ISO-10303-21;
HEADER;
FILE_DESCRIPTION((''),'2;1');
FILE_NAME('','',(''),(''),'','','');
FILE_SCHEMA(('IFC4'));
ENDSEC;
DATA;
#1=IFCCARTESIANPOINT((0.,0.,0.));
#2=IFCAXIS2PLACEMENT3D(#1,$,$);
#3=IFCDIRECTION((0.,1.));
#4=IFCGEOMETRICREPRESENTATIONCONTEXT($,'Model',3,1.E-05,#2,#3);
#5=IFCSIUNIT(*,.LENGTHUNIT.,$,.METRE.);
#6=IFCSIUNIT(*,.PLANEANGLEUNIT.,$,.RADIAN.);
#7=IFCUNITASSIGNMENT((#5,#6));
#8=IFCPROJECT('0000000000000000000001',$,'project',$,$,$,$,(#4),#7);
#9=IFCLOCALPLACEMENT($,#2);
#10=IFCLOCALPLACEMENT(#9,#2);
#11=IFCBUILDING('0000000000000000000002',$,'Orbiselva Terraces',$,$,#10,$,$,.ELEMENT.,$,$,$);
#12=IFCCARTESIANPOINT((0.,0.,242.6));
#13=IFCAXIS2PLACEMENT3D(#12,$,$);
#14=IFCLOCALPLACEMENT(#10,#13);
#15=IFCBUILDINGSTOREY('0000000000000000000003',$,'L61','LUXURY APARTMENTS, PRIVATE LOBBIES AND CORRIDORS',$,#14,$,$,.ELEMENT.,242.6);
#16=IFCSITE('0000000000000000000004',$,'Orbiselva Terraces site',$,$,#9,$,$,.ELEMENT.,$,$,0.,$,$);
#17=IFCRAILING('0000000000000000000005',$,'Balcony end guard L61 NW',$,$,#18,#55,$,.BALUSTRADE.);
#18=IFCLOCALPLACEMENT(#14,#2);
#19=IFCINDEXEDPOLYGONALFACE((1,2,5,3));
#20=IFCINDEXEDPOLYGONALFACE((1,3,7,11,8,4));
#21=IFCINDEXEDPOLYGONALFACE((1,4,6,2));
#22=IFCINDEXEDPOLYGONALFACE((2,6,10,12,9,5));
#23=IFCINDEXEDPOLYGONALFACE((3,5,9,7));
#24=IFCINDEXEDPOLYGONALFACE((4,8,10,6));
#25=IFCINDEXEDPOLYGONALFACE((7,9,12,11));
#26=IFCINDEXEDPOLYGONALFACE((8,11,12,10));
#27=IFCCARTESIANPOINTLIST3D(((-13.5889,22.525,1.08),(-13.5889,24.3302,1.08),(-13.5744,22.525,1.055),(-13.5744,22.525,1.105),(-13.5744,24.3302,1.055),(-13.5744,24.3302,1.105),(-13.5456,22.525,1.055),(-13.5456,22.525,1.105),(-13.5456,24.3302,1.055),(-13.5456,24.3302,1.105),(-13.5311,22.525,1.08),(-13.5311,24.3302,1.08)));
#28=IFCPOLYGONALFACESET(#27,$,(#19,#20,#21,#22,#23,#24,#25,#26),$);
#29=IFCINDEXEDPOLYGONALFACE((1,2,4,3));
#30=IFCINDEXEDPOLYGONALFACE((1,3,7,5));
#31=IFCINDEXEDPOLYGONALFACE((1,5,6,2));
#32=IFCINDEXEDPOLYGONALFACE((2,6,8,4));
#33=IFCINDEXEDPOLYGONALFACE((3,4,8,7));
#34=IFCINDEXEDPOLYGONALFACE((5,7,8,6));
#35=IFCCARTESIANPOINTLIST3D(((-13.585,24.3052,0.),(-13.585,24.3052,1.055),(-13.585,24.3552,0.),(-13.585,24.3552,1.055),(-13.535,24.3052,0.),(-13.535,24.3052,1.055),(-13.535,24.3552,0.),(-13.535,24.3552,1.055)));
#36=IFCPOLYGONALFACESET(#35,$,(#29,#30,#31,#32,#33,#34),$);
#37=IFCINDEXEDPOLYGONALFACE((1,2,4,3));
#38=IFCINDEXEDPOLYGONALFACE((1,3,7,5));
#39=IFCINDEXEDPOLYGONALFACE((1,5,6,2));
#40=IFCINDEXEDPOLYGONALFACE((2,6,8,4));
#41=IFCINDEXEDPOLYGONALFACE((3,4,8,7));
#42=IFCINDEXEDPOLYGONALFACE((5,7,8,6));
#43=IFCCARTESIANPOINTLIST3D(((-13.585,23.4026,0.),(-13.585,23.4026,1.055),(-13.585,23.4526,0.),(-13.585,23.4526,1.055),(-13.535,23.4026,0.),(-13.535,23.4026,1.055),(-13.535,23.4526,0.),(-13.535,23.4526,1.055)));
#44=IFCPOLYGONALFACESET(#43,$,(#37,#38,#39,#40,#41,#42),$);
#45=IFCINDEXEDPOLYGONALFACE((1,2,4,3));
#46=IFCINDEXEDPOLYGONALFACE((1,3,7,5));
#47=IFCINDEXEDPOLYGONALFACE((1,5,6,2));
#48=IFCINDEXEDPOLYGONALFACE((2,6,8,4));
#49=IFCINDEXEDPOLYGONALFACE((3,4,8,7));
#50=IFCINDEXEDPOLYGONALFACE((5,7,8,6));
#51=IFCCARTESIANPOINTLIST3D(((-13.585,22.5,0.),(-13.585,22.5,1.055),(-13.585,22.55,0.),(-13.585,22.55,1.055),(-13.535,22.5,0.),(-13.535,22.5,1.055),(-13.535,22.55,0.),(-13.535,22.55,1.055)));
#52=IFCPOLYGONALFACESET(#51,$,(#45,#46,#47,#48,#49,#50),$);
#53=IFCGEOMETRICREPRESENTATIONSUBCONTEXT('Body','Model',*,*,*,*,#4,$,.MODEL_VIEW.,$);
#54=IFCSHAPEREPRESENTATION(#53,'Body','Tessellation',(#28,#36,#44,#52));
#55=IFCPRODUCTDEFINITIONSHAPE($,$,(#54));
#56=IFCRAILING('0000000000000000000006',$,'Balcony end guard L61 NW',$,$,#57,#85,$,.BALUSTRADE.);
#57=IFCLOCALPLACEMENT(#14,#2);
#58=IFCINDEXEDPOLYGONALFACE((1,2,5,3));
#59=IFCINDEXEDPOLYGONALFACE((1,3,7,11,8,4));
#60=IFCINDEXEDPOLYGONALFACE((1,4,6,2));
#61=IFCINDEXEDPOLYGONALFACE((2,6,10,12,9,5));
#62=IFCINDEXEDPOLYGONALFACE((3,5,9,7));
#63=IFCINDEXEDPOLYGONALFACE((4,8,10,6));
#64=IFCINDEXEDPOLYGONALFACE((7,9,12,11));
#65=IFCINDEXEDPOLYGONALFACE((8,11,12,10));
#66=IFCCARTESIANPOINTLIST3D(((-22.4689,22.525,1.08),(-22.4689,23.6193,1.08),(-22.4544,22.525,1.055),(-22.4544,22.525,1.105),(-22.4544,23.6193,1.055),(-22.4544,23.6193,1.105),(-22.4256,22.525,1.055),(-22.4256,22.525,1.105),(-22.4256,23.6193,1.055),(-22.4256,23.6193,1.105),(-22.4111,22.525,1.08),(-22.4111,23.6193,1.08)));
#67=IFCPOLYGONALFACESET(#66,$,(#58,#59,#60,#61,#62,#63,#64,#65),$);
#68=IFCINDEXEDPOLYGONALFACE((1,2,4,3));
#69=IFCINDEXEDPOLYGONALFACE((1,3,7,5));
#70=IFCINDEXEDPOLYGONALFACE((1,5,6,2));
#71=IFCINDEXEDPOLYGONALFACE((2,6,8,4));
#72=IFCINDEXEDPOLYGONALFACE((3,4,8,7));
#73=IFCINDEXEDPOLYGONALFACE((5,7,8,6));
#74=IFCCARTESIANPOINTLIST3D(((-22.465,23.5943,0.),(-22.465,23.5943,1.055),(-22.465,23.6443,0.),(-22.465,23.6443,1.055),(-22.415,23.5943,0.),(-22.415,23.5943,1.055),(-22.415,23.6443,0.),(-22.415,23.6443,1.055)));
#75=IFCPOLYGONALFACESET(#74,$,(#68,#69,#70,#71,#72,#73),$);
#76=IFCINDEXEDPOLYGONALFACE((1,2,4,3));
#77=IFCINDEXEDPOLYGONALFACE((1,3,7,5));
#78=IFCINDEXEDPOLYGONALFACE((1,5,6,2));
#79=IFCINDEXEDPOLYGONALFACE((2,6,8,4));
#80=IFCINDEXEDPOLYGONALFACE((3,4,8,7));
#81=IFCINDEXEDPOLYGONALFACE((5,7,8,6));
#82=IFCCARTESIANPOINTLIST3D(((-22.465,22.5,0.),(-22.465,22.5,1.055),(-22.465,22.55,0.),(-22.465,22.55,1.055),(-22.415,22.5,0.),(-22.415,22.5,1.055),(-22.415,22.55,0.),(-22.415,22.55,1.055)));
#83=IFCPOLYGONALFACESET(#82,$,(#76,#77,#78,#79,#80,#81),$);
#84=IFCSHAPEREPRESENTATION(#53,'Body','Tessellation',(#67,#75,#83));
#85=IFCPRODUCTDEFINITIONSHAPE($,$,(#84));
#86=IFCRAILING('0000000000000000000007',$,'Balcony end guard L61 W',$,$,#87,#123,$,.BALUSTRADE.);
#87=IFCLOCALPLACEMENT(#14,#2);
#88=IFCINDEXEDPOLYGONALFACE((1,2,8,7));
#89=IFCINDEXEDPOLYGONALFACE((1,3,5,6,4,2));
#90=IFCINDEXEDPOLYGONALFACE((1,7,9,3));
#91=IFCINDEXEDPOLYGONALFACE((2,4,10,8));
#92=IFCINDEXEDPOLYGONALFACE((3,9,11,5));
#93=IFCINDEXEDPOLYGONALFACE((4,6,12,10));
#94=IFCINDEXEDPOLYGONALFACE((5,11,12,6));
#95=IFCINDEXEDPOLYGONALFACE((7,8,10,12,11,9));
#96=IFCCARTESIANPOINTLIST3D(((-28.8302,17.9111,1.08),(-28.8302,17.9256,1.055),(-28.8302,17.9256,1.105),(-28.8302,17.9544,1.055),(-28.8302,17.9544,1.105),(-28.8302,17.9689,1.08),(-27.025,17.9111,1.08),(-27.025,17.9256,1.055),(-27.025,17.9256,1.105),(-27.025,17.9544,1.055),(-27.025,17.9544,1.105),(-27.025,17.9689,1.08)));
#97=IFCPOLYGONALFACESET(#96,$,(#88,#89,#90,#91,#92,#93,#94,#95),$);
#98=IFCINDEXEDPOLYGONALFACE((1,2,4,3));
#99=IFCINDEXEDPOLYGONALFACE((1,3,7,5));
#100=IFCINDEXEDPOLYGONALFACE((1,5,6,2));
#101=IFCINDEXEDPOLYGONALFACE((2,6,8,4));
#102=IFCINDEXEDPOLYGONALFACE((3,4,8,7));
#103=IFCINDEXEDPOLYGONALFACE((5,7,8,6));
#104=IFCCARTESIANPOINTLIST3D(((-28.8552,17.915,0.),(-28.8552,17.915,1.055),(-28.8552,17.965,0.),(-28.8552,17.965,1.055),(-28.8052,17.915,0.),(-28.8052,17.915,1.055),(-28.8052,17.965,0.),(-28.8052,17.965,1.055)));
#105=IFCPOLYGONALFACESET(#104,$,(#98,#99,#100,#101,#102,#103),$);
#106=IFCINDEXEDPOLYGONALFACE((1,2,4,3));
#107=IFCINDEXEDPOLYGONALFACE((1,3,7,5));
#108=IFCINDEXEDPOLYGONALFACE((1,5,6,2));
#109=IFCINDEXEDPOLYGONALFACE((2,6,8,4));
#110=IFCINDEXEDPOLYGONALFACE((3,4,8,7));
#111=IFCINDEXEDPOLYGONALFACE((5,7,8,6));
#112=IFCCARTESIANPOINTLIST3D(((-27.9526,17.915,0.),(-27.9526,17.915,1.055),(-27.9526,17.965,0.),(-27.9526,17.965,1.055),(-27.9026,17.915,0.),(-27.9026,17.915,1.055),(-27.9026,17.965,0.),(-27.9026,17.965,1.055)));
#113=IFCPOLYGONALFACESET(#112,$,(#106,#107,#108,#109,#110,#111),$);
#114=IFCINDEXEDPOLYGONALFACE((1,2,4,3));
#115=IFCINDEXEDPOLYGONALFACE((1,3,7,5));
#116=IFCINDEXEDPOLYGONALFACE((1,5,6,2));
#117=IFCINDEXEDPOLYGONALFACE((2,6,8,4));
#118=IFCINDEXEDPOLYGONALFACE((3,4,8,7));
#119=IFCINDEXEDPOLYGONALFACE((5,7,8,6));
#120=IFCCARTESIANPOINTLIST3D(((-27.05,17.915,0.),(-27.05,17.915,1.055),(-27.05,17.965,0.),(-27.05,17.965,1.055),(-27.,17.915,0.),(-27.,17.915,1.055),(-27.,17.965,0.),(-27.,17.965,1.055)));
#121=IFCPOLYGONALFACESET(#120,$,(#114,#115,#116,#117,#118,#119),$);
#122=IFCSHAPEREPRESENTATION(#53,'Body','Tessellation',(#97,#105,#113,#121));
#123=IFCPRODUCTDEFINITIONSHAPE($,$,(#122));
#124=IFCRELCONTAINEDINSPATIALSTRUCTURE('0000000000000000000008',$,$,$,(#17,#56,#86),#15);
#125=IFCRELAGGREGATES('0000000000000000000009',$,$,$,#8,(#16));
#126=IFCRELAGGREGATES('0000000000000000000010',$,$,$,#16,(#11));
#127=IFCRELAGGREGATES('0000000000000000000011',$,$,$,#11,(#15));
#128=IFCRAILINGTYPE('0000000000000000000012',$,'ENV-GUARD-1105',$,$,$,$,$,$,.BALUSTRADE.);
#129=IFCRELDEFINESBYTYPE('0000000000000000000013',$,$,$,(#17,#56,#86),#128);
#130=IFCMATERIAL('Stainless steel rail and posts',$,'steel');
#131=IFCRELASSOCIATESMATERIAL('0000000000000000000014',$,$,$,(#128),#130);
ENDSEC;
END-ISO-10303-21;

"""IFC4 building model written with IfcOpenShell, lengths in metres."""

from ifc_helpers import new_model, si_unit, direction, frame, origin, origin_2d, place, context, subcontext, project, spatial, polyline, rectangle, outline, extrude, material, type_object, element, save


model = new_model("IFC4")

# Units and contexts
model_context = context("Model", 3, precision=1e-05, world=origin(), true_north=direction((0.0, 1.0)))
body_context = subcontext(model_context, "Body", "Model", "MODEL_VIEW")
ifc_project = project(units=[si_unit("LENGTHUNIT", "METRE"), si_unit("PLANEANGLEUNIT", "RADIAN")], contexts=[model_context])

# Site, building, storey
site_placement = place(None, origin())
site = spatial("IfcSite", under=ifc_project, at=site_placement, Name="Orbiselva Terraces site", CompositionType="ELEMENT", RefElevation=0.0)
building_placement = place(site_placement, origin())
building = spatial("IfcBuilding", under=site, at=building_placement, Name="Orbiselva Terraces", CompositionType="ELEMENT")
storey_placement = place(building_placement, frame((0.0, 0.0, 242.6)))
storey = spatial("IfcBuildingStorey", under=building, at=storey_placement, Name="L61", Description="LUXURY APARTMENTS, PRIVATE LOBBIES AND CORRIDORS", CompositionType="ELEMENT", Elevation=242.6)

# Railings
ifc_material_1 = material(Name="Stainless steel rail and posts", Category="steel")
railing_type_1 = type_object("IfcRailingType", Name="ENV-GUARD-1105", PredefinedType="BALUSTRADE", material=ifc_material_1)
railing_1_placement = place(storey_placement, frame((-13.56, 24.3302, 0.0)))
element("IfcRailing", 1, at=railing_1_placement, inside=storey, type_object=railing_type_1, Name="Balcony end guard L61 NW", PredefinedType="BALUSTRADE", context=body_context, shape_type="SweptSolid", body=[
    extrude(outline(polyline([(0.0289, 0.0), (0.0144, 0.025), (-0.0144, 0.025), (-0.0289, 0.0), (-0.0144, -0.025), (0.0144, -0.025), (0.0289, 0.0)])), frame((0.0, 0.0, 1.08), z_axis=(0.0, -1.0, 0.0), x_axis=(1.0, 0.0, 0.0)), (0.0, 0.0, 1.0), 1.8052),
    extrude(rectangle(XDim=0.05, YDim=0.05, at=origin_2d()), origin(), (0.0, 0.0, 1.0), 1.055),
    extrude(rectangle(XDim=0.05, YDim=0.05, at=origin_2d()), frame((0.0, -0.9026, 0.0)), (0.0, 0.0, 1.0), 1.055),
    extrude(rectangle(XDim=0.05, YDim=0.05, at=origin_2d()), frame((0.0, -1.8052, 0.0)), (0.0, 0.0, 1.0), 1.055),
])
railing_2_placement = place(storey_placement, frame((-22.44, 23.6193, 0.0)))
element("IfcRailing", 2, at=railing_2_placement, inside=storey, type_object=railing_type_1, Name="Balcony end guard L61 NW", PredefinedType="BALUSTRADE", context=body_context, shape_type="SweptSolid", body=[
    extrude(outline(polyline([(0.0289, 0.0), (0.0144, 0.025), (-0.0144, 0.025), (-0.0289, 0.0), (-0.0144, -0.025), (0.0144, -0.025), (0.0289, 0.0)])), frame((0.0, 0.0, 1.08), z_axis=(0.0, -1.0, 0.0), x_axis=(1.0, 0.0, 0.0)), (0.0, 0.0, 1.0), 1.0943),
    extrude(rectangle(XDim=0.05, YDim=0.05, at=origin_2d()), origin(), (0.0, 0.0, 1.0), 1.055),
    extrude(rectangle(XDim=0.05, YDim=0.05, at=origin_2d()), frame((0.0, -1.0943, 0.0)), (0.0, 0.0, 1.0), 1.055),
])
railing_3_placement = place(storey_placement, frame((-28.8302, 17.94, 0.0)))
element("IfcRailing", 3, at=railing_3_placement, inside=storey, type_object=railing_type_1, Name="Balcony end guard L61 W", PredefinedType="BALUSTRADE", context=body_context, shape_type="SweptSolid", body=[
    extrude(outline(polyline([(0.0289, 0.0), (0.0144, 0.025), (-0.0144, 0.025), (-0.0289, 0.0), (-0.0144, -0.025), (0.0144, -0.025), (0.0289, 0.0)])), frame((0.0, 0.0, 1.08), z_axis=(1.0, 0.0, 0.0), x_axis=(0.0, 1.0, 0.0)), (0.0, 0.0, 1.0), 1.8052),
    extrude(rectangle(XDim=0.05, YDim=0.05, at=origin_2d()), origin(), (0.0, 0.0, 1.0), 1.055),
    extrude(rectangle(XDim=0.05, YDim=0.05, at=origin_2d()), frame((0.9026, 0.0, 0.0)), (0.0, 0.0, 1.0), 1.055),
    extrude(rectangle(XDim=0.05, YDim=0.05, at=origin_2d()), frame((1.8052, 0.0, 0.0)), (0.0, 0.0, 1.0), 1.055),
])

save(model, "model.ifc")
